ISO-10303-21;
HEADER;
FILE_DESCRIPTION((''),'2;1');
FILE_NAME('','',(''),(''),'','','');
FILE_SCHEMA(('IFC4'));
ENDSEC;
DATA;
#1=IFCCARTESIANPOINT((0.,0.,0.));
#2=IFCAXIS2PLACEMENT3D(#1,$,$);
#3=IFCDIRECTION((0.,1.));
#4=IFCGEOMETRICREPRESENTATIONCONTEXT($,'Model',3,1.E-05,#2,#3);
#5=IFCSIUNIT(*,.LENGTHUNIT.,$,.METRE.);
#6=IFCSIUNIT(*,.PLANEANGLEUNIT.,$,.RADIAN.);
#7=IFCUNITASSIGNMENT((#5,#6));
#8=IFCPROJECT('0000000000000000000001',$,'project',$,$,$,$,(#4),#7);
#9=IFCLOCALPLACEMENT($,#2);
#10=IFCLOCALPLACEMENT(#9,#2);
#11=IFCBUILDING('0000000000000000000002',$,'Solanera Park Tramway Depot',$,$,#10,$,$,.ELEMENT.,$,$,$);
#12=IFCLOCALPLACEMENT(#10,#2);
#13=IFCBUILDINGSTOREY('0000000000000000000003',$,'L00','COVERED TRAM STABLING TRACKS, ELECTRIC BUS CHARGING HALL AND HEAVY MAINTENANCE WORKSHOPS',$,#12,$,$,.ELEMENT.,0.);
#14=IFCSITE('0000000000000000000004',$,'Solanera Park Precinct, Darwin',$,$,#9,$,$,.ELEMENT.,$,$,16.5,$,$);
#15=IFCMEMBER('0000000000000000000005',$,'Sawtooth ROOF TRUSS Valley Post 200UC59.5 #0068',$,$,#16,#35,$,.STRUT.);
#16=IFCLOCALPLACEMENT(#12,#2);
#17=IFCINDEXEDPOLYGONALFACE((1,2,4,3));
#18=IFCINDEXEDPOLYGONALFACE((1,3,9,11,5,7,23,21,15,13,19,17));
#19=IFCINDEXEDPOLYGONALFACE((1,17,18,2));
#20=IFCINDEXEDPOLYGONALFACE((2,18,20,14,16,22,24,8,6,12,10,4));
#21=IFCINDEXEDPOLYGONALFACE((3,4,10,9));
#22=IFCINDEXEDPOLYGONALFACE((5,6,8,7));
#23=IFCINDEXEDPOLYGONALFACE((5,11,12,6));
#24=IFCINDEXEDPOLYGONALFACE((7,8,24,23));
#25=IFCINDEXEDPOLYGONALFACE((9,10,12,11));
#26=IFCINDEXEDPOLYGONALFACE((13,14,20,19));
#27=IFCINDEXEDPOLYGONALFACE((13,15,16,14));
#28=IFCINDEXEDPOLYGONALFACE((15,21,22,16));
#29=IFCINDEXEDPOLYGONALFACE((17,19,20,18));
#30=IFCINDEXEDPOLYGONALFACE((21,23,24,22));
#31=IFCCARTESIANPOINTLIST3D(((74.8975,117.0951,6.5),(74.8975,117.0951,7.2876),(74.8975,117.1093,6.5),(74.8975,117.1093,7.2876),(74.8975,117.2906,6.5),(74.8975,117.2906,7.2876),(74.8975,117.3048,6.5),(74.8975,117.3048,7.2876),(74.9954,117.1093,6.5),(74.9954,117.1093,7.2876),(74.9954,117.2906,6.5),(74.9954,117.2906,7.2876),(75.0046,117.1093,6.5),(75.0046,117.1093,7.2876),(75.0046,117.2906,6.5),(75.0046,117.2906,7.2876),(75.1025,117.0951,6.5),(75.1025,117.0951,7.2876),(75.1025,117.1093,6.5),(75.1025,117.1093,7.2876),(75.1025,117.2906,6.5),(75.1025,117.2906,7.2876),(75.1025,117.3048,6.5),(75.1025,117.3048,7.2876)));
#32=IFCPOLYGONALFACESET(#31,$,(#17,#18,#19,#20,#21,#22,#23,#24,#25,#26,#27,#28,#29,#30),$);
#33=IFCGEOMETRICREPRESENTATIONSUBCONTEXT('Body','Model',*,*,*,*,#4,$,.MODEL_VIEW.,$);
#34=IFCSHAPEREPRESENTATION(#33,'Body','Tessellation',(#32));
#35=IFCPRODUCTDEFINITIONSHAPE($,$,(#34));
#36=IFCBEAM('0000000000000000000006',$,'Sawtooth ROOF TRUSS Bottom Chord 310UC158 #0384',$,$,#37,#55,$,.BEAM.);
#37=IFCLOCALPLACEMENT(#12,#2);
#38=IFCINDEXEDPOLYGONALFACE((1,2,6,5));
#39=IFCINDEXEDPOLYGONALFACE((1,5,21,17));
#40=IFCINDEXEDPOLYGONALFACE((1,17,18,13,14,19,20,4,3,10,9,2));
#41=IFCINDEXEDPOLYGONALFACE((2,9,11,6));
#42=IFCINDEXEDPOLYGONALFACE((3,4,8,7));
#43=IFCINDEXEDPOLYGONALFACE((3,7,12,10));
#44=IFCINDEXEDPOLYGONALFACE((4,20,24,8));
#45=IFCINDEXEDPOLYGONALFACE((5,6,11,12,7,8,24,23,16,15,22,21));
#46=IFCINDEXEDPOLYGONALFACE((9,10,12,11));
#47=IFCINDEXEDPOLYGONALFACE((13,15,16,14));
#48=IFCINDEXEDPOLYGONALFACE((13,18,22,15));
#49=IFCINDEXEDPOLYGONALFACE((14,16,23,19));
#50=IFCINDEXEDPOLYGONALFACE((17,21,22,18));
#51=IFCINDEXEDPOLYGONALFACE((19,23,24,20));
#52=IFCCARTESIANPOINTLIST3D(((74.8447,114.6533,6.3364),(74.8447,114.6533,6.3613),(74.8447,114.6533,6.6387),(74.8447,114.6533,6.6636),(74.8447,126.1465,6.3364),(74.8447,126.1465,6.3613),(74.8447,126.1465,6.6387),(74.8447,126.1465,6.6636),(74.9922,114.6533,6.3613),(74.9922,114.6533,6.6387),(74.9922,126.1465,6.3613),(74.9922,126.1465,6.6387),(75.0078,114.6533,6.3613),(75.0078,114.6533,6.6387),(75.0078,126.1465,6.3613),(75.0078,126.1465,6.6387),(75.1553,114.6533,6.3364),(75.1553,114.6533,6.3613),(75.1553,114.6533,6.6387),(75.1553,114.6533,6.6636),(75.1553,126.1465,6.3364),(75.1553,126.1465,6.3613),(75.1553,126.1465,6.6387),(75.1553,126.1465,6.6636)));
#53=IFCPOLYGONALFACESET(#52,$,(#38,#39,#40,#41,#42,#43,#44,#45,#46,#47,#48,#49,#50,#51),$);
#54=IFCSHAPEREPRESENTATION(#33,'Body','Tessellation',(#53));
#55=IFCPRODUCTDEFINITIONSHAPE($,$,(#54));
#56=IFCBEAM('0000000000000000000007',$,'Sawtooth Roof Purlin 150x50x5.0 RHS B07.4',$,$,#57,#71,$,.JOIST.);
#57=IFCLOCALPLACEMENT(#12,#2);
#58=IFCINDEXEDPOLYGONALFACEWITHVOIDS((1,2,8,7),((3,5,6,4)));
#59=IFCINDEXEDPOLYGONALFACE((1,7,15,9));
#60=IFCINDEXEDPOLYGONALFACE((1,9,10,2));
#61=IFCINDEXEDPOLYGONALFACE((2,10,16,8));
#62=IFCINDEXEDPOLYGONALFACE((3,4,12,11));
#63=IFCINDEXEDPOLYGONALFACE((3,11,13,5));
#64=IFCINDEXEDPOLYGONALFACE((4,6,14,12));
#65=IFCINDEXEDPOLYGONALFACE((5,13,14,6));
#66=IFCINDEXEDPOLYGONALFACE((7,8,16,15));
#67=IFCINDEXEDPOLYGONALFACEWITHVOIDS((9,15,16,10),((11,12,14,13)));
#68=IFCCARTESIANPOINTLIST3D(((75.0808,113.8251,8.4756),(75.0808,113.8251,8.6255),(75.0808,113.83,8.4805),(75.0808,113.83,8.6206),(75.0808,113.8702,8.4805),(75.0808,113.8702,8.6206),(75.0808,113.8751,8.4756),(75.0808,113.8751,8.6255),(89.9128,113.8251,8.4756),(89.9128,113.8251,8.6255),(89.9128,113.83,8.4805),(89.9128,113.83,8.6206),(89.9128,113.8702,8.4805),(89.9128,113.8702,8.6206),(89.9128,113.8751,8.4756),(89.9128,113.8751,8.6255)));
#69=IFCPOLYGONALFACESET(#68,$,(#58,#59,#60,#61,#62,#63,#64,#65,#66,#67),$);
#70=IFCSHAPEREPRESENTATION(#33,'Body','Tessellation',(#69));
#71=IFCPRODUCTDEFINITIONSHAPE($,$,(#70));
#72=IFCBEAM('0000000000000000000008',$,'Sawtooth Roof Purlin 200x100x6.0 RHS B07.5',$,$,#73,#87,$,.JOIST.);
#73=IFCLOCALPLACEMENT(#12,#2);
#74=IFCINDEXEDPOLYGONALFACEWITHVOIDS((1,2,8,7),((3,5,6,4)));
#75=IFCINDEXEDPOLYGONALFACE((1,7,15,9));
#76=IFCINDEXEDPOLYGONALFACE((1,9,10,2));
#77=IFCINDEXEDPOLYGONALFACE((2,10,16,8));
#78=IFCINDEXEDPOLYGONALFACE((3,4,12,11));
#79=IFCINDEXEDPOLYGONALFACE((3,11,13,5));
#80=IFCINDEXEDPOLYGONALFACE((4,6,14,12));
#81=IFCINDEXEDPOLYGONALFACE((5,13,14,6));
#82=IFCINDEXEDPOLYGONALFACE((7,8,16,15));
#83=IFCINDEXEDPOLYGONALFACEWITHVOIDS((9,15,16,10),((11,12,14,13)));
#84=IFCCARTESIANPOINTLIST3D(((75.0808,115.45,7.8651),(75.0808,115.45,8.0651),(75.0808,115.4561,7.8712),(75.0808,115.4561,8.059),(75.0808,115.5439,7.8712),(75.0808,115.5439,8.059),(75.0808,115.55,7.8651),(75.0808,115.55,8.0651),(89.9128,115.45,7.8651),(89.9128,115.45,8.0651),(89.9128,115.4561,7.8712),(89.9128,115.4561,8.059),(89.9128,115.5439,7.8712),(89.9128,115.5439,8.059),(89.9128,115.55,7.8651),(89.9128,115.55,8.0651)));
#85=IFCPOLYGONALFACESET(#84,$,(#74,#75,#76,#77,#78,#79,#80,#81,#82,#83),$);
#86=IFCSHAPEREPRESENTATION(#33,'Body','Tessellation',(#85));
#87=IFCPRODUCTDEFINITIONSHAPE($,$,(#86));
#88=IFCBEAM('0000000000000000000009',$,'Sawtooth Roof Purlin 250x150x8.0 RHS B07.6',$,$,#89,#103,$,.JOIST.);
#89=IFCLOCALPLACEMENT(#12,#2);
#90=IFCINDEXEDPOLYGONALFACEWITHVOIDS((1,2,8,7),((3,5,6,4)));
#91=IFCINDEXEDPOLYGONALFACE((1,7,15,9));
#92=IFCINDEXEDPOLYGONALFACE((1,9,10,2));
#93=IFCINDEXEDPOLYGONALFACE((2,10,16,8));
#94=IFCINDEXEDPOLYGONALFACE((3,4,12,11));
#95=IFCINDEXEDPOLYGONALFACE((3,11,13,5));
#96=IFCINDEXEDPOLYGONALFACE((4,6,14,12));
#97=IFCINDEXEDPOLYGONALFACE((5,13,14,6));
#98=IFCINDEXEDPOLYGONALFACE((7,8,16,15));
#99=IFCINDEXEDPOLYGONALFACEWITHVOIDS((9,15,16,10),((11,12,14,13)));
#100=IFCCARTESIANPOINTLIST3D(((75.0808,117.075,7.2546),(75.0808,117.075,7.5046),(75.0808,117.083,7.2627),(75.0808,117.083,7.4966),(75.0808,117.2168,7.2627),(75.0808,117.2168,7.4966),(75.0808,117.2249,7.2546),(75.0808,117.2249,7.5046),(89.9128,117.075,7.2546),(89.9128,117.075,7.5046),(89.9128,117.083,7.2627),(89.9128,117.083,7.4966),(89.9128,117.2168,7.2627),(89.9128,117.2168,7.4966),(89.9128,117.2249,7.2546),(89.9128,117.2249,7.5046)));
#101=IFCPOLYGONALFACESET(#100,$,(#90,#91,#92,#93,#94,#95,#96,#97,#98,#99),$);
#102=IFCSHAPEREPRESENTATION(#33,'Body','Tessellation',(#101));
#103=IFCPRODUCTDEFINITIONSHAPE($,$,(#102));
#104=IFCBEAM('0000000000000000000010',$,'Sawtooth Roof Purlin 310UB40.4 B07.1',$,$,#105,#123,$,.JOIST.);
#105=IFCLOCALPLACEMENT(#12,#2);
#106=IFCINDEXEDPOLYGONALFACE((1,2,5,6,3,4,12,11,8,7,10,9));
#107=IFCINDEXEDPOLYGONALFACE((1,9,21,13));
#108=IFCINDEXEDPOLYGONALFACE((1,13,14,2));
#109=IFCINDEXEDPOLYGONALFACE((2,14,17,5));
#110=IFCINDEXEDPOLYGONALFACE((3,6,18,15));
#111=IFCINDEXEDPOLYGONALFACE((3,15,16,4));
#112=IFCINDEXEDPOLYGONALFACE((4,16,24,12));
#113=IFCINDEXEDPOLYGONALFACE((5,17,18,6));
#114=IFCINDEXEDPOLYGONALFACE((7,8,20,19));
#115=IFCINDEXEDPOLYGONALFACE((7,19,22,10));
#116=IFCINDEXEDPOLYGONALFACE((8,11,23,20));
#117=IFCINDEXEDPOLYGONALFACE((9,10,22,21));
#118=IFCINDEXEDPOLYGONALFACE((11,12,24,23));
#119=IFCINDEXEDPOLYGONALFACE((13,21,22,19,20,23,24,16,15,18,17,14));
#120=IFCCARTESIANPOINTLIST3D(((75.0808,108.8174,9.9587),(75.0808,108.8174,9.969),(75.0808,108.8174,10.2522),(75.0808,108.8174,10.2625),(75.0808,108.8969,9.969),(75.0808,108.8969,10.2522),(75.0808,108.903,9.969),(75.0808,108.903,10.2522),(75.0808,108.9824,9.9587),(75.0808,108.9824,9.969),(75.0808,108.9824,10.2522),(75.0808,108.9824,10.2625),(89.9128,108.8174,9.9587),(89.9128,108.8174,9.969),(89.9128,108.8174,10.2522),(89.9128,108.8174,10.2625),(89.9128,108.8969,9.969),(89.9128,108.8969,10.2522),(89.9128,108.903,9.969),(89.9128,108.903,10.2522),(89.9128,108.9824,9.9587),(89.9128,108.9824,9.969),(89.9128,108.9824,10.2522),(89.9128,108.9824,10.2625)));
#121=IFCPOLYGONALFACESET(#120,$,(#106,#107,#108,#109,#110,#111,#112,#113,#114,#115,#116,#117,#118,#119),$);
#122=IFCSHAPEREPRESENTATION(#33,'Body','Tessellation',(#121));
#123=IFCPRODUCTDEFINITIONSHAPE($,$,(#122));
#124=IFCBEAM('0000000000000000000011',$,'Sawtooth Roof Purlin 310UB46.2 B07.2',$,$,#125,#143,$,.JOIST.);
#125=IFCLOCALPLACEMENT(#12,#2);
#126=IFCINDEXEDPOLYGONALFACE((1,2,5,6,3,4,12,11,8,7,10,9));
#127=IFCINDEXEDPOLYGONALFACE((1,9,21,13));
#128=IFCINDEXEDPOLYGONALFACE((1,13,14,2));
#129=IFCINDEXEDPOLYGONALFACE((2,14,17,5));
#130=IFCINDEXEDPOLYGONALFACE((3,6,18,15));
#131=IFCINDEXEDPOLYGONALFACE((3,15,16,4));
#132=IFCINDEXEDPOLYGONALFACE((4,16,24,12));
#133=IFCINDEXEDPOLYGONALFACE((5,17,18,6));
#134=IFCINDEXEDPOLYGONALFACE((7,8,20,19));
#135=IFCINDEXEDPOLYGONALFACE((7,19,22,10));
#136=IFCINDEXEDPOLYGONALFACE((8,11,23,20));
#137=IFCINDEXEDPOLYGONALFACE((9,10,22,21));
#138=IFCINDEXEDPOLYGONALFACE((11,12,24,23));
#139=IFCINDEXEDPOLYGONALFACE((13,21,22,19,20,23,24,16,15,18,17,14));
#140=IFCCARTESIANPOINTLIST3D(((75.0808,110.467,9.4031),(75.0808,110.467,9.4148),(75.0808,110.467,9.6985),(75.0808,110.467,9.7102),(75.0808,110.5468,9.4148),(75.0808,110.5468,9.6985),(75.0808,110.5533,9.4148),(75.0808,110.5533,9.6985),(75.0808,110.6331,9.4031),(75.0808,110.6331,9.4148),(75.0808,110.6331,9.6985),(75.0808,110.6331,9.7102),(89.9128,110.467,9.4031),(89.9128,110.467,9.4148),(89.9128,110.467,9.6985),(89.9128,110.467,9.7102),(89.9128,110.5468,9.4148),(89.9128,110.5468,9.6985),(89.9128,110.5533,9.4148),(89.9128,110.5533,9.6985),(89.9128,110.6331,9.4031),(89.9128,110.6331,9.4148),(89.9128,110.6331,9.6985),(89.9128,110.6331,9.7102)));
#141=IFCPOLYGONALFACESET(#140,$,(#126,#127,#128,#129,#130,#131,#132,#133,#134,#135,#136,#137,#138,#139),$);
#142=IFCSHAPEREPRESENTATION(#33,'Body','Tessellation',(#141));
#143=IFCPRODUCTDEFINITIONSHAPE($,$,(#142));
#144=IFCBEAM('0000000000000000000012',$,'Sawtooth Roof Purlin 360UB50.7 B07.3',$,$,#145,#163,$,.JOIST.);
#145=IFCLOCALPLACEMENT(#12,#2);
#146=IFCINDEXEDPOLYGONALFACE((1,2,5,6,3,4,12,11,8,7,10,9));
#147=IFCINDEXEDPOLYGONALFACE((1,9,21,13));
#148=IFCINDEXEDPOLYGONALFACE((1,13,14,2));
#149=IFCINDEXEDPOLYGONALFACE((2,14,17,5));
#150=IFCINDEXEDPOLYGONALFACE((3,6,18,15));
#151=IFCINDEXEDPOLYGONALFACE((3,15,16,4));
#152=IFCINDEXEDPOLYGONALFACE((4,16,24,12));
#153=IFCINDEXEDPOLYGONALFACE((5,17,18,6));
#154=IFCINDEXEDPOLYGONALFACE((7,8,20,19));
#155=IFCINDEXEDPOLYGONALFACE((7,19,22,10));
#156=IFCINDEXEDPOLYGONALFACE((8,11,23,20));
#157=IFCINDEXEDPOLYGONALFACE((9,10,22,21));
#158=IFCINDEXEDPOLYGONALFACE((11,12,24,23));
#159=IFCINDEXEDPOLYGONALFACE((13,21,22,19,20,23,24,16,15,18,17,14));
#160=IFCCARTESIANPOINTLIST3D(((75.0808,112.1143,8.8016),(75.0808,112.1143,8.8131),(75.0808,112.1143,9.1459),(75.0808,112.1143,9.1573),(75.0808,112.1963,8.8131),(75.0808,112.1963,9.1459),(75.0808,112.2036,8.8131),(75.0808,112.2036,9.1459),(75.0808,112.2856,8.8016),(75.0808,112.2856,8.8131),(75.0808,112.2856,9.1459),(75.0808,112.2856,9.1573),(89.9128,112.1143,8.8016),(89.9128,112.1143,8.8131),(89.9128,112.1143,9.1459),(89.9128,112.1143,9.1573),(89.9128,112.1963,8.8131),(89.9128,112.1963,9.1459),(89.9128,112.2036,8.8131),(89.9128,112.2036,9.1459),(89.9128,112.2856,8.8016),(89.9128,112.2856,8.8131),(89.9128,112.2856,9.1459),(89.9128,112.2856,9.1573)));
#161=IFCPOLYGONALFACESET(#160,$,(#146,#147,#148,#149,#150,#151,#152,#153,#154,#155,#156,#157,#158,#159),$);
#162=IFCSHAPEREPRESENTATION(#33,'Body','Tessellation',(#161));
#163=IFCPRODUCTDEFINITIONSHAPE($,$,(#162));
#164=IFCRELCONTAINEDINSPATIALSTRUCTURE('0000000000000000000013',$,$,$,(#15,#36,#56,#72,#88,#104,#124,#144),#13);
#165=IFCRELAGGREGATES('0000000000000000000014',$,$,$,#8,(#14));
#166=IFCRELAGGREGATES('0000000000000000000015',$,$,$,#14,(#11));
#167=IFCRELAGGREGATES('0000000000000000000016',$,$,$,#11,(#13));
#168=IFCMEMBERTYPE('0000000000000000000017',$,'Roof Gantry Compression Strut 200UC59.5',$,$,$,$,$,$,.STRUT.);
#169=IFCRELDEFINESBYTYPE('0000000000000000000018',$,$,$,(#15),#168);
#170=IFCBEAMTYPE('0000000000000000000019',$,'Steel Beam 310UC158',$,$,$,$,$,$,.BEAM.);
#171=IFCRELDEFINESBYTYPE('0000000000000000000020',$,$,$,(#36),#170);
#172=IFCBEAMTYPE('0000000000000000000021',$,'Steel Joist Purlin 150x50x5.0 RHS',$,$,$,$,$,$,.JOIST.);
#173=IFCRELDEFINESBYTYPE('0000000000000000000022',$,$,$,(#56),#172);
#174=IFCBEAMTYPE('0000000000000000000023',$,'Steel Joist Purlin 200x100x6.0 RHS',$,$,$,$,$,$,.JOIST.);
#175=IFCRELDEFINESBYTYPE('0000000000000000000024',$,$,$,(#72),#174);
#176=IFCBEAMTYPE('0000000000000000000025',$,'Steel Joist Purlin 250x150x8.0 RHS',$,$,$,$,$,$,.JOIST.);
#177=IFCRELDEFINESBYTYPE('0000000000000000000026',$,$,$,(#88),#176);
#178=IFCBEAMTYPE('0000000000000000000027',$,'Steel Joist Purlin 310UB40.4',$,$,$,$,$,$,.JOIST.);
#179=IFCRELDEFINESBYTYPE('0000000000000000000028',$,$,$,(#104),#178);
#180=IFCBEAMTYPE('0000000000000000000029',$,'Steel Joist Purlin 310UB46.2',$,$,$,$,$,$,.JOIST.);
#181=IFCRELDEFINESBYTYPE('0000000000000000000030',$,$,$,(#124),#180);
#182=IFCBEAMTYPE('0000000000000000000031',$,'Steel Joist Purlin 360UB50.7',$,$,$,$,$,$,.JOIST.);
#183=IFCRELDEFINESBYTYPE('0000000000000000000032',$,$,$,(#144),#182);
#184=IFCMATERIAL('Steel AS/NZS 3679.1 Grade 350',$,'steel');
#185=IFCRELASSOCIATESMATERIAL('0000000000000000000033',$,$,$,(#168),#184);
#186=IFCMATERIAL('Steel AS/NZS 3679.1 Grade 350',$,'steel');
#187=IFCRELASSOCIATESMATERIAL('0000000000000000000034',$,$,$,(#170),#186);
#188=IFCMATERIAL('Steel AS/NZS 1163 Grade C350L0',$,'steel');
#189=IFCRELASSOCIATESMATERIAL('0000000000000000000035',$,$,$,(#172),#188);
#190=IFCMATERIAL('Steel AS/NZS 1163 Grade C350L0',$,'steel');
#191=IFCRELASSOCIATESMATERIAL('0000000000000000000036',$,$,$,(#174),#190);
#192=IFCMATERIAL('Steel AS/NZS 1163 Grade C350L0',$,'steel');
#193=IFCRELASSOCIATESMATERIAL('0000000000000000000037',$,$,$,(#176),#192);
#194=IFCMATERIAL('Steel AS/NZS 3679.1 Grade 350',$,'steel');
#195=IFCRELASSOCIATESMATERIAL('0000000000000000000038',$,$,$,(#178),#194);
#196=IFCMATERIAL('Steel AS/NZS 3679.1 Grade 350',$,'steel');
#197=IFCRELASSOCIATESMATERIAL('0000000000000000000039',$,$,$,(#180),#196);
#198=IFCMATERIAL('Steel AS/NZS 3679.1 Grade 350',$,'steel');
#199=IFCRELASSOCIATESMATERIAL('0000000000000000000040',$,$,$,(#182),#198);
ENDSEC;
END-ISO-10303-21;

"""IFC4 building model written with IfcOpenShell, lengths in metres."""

from ifc_helpers import new_model, si_unit, direction, frame, origin, origin_2d, place, context, subcontext, project, spatial, hollow_rectangle, i_section, extrude, material, material_profile, profile_set, type_object, element, save


model = new_model("IFC4")

# Units and contexts
model_context = context("Model", 3, precision=1e-05, world=origin(), true_north=direction((0.0, 1.0)))
body_context = subcontext(model_context, "Body", "Model", "MODEL_VIEW")
ifc_project = project(units=[si_unit("LENGTHUNIT", "METRE"), si_unit("PLANEANGLEUNIT", "RADIAN")], contexts=[model_context])

# Site, building, storey
site_placement = place(None, origin())
site = spatial("IfcSite", under=ifc_project, at=site_placement, Name="Solanera Park Precinct, Darwin", CompositionType="ELEMENT", RefElevation=16.5)
building_placement = place(site_placement, origin())
building = spatial("IfcBuilding", under=site, at=building_placement, Name="Solanera Park Tramway Depot", CompositionType="ELEMENT")
storey_placement = place(building_placement, origin())
storey = spatial("IfcBuildingStorey", under=building, at=storey_placement, Name="L00", Description="COVERED TRAM STABLING TRACKS, ELECTRIC BUS CHARGING HALL AND HEAVY MAINTENANCE WORKSHOPS", CompositionType="ELEMENT", Elevation=0.0)

# Member
ifc_material_1 = material(Name="Steel AS/NZS 3679.1 Grade 350", Category="steel")
ifc_material_profile_1 = material_profile(ifc_material_1, i_section(OverallWidth=0.2051, OverallDepth=0.2097, WebThickness=0.0093, FlangeThickness=0.0142, at=origin_2d()), Name="200UC59.5")
ifc_profile_set_1 = profile_set([ifc_material_profile_1], Name="Steel AS/NZS 3679.1 Grade 350")
member_type_1 = type_object("IfcMemberType", Name="Roof Gantry Compression Strut 200UC59.5", PredefinedType="STRUT", material=ifc_profile_set_1)
member_1_placement = place(storey_placement, frame((75.0, 117.2, 6.5), z_axis=(0.0, 0.0, 1.0), x_axis=(1.0, 0.0, 0.0)))
element("IfcMember", 1, at=member_1_placement, inside=storey, type_object=member_type_1, Name="Sawtooth ROOF TRUSS Valley Post 200UC59.5 #0068", PredefinedType="STRUT", context=body_context, shape_type="SweptSolid", body=[
    extrude(i_section(OverallWidth=0.2051, OverallDepth=0.2097, WebThickness=0.0093, FlangeThickness=0.0142, at=origin_2d()), origin(), (0.0, 0.0, 1.0), 0.7876),
])

# Beams
ifc_material_2 = material(Name="Steel AS/NZS 3679.1 Grade 350", Category="steel")
ifc_material_profile_2 = material_profile(ifc_material_2, i_section(OverallWidth=0.3105, OverallDepth=0.3271, WebThickness=0.0156, FlangeThickness=0.0249, at=origin_2d()), Name="310UC158")
ifc_profile_set_2 = profile_set([ifc_material_profile_2], Name="Steel AS/NZS 3679.1 Grade 350")
beam_type_1 = type_object("IfcBeamType", Name="Steel Beam 310UC158", PredefinedType="BEAM", material=ifc_profile_set_2)
beam_1_placement = place(storey_placement, frame((75.0, 114.6533, 6.5), z_axis=(0.0, 1.0, 0.0), x_axis=(-1.0, 0.0, 0.0)))
element("IfcBeam", 2, at=beam_1_placement, inside=storey, type_object=beam_type_1, Name="Sawtooth ROOF TRUSS Bottom Chord 310UC158 #0384", PredefinedType="BEAM", context=body_context, shape_type="SweptSolid", body=[
    extrude(i_section(OverallWidth=0.3105, OverallDepth=0.3271, WebThickness=0.0156, FlangeThickness=0.0249, at=origin_2d()), origin(), (0.0, 0.0, 1.0), 11.4932),
])
ifc_material_3 = material(Name="Steel AS/NZS 1163 Grade C350L0", Category="steel")
ifc_material_profile_3 = material_profile(ifc_material_3, hollow_rectangle(XDim=0.05, YDim=0.1499, WallThickness=0.0049, at=origin_2d()), Name="150x50x5.0 RHS")
ifc_profile_set_3 = profile_set([ifc_material_profile_3], Name="Steel AS/NZS 1163 Grade C350L0")
beam_type_2 = type_object("IfcBeamType", Name="Steel Joist Purlin 150x50x5.0 RHS", PredefinedType="JOIST", material=ifc_profile_set_3)
beam_2_placement = place(storey_placement, frame((75.0808, 113.8501, 8.5505), z_axis=(1.0, 0.0, 0.0), x_axis=(0.0, 1.0, 0.0)))
element("IfcBeam", 3, at=beam_2_placement, inside=storey, type_object=beam_type_2, Name="Sawtooth Roof Purlin 150x50x5.0 RHS B07.4", PredefinedType="JOIST", context=body_context, shape_type="SweptSolid", body=[
    extrude(hollow_rectangle(XDim=0.05, YDim=0.1499, WallThickness=0.0049, at=origin_2d()), origin(), (0.0, 0.0, 1.0), 14.832),
])
ifc_material_4 = material(Name="Steel AS/NZS 1163 Grade C350L0", Category="steel")
ifc_material_profile_4 = material_profile(ifc_material_4, hollow_rectangle(XDim=0.1001, YDim=0.2, WallThickness=0.0061, at=origin_2d()), Name="200x100x6.0 RHS")
ifc_profile_set_4 = profile_set([ifc_material_profile_4], Name="Steel AS/NZS 1163 Grade C350L0")
beam_type_3 = type_object("IfcBeamType", Name="Steel Joist Purlin 200x100x6.0 RHS", PredefinedType="JOIST", material=ifc_profile_set_4)
beam_3_placement = place(storey_placement, frame((75.0808, 115.5, 7.9651), z_axis=(1.0, 0.0, 0.0), x_axis=(0.0, 1.0, 0.0)))
element("IfcBeam", 4, at=beam_3_placement, inside=storey, type_object=beam_type_3, Name="Sawtooth Roof Purlin 200x100x6.0 RHS B07.5", PredefinedType="JOIST", context=body_context, shape_type="SweptSolid", body=[
    extrude(hollow_rectangle(XDim=0.1001, YDim=0.2, WallThickness=0.0061, at=origin_2d()), origin(), (0.0, 0.0, 1.0), 14.832),
])
ifc_material_5 = material(Name="Steel AS/NZS 1163 Grade C350L0", Category="steel")
ifc_material_profile_5 = material_profile(ifc_material_5, hollow_rectangle(XDim=0.1499, YDim=0.25, WallThickness=0.0081, at=origin_2d()), Name="250x150x8.0 RHS")
ifc_profile_set_5 = profile_set([ifc_material_profile_5], Name="Steel AS/NZS 1163 Grade C350L0")
beam_type_4 = type_object("IfcBeamType", Name="Steel Joist Purlin 250x150x8.0 RHS", PredefinedType="JOIST", material=ifc_profile_set_5)
beam_4_placement = place(storey_placement, frame((75.0808, 117.1499, 7.3796), z_axis=(1.0, 0.0, 0.0), x_axis=(0.0, 1.0, 0.0)))
element("IfcBeam", 5, at=beam_4_placement, inside=storey, type_object=beam_type_4, Name="Sawtooth Roof Purlin 250x150x8.0 RHS B07.6", PredefinedType="JOIST", context=body_context, shape_type="SweptSolid", body=[
    extrude(hollow_rectangle(XDim=0.1499, YDim=0.25, WallThickness=0.0081, at=origin_2d()), origin(), (0.0, 0.0, 1.0), 14.832),
])
ifc_material_6 = material(Name="Steel AS/NZS 3679.1 Grade 350", Category="steel")
ifc_material_profile_6 = material_profile(ifc_material_6, i_section(OverallWidth=0.165, OverallDepth=0.3037, WebThickness=0.0061, FlangeThickness=0.0103, at=origin_2d()), Name="310UB40.4")
ifc_profile_set_6 = profile_set([ifc_material_profile_6], Name="Steel AS/NZS 3679.1 Grade 350")
beam_type_5 = type_object("IfcBeamType", Name="Steel Joist Purlin 310UB40.4", PredefinedType="JOIST", material=ifc_profile_set_6)
beam_5_placement = place(storey_placement, frame((75.0808, 108.8999, 10.1106), z_axis=(1.0, 0.0, 0.0), x_axis=(0.0, 1.0, 0.0)))
element("IfcBeam", 6, at=beam_5_placement, inside=storey, type_object=beam_type_5, Name="Sawtooth Roof Purlin 310UB40.4 B07.1", PredefinedType="JOIST", context=body_context, shape_type="SweptSolid", body=[
    extrude(i_section(OverallWidth=0.165, OverallDepth=0.3037, WebThickness=0.0061, FlangeThickness=0.0103, at=origin_2d()), origin(), (0.0, 0.0, 1.0), 14.832),
])
ifc_material_7 = material(Name="Steel AS/NZS 3679.1 Grade 350", Category="steel")
ifc_material_profile_7 = material_profile(ifc_material_7, i_section(OverallWidth=0.166, OverallDepth=0.3071, WebThickness=0.0066, FlangeThickness=0.0117, at=origin_2d()), Name="310UB46.2")
ifc_profile_set_7 = profile_set([ifc_material_profile_7], Name="Steel AS/NZS 3679.1 Grade 350")
beam_type_6 = type_object("IfcBeamType", Name="Steel Joist Purlin 310UB46.2", PredefinedType="JOIST", material=ifc_profile_set_7)
beam_6_placement = place(storey_placement, frame((75.0808, 110.55, 9.5566), z_axis=(1.0, 0.0, 0.0), x_axis=(0.0, 1.0, 0.0)))
element("IfcBeam", 7, at=beam_6_placement, inside=storey, type_object=beam_type_6, Name="Sawtooth Roof Purlin 310UB46.2 B07.2", PredefinedType="JOIST", context=body_context, shape_type="SweptSolid", body=[
    extrude(i_section(OverallWidth=0.166, OverallDepth=0.3071, WebThickness=0.0066, FlangeThickness=0.0117, at=origin_2d()), origin(), (0.0, 0.0, 1.0), 14.832),
])
ifc_material_8 = material(Name="Steel AS/NZS 3679.1 Grade 350", Category="steel")
ifc_material_profile_8 = material_profile(ifc_material_8, i_section(OverallWidth=0.1714, OverallDepth=0.3557, WebThickness=0.0073, FlangeThickness=0.0115, at=origin_2d()), Name="360UB50.7")
ifc_profile_set_8 = profile_set([ifc_material_profile_8], Name="Steel AS/NZS 3679.1 Grade 350")
beam_type_7 = type_object("IfcBeamType", Name="Steel Joist Purlin 360UB50.7", PredefinedType="JOIST", material=ifc_profile_set_8)
beam_7_placement = place(storey_placement, frame((75.0808, 112.2, 8.9795), z_axis=(1.0, 0.0, 0.0), x_axis=(0.0, 1.0, 0.0)))
element("IfcBeam", 8, at=beam_7_placement, inside=storey, type_object=beam_type_7, Name="Sawtooth Roof Purlin 360UB50.7 B07.3", PredefinedType="JOIST", context=body_context, shape_type="SweptSolid", body=[
    extrude(i_section(OverallWidth=0.1714, OverallDepth=0.3557, WebThickness=0.0073, FlangeThickness=0.0115, at=origin_2d()), origin(), (0.0, 0.0, 1.0), 14.832),
])

save(model, "model.ifc")
